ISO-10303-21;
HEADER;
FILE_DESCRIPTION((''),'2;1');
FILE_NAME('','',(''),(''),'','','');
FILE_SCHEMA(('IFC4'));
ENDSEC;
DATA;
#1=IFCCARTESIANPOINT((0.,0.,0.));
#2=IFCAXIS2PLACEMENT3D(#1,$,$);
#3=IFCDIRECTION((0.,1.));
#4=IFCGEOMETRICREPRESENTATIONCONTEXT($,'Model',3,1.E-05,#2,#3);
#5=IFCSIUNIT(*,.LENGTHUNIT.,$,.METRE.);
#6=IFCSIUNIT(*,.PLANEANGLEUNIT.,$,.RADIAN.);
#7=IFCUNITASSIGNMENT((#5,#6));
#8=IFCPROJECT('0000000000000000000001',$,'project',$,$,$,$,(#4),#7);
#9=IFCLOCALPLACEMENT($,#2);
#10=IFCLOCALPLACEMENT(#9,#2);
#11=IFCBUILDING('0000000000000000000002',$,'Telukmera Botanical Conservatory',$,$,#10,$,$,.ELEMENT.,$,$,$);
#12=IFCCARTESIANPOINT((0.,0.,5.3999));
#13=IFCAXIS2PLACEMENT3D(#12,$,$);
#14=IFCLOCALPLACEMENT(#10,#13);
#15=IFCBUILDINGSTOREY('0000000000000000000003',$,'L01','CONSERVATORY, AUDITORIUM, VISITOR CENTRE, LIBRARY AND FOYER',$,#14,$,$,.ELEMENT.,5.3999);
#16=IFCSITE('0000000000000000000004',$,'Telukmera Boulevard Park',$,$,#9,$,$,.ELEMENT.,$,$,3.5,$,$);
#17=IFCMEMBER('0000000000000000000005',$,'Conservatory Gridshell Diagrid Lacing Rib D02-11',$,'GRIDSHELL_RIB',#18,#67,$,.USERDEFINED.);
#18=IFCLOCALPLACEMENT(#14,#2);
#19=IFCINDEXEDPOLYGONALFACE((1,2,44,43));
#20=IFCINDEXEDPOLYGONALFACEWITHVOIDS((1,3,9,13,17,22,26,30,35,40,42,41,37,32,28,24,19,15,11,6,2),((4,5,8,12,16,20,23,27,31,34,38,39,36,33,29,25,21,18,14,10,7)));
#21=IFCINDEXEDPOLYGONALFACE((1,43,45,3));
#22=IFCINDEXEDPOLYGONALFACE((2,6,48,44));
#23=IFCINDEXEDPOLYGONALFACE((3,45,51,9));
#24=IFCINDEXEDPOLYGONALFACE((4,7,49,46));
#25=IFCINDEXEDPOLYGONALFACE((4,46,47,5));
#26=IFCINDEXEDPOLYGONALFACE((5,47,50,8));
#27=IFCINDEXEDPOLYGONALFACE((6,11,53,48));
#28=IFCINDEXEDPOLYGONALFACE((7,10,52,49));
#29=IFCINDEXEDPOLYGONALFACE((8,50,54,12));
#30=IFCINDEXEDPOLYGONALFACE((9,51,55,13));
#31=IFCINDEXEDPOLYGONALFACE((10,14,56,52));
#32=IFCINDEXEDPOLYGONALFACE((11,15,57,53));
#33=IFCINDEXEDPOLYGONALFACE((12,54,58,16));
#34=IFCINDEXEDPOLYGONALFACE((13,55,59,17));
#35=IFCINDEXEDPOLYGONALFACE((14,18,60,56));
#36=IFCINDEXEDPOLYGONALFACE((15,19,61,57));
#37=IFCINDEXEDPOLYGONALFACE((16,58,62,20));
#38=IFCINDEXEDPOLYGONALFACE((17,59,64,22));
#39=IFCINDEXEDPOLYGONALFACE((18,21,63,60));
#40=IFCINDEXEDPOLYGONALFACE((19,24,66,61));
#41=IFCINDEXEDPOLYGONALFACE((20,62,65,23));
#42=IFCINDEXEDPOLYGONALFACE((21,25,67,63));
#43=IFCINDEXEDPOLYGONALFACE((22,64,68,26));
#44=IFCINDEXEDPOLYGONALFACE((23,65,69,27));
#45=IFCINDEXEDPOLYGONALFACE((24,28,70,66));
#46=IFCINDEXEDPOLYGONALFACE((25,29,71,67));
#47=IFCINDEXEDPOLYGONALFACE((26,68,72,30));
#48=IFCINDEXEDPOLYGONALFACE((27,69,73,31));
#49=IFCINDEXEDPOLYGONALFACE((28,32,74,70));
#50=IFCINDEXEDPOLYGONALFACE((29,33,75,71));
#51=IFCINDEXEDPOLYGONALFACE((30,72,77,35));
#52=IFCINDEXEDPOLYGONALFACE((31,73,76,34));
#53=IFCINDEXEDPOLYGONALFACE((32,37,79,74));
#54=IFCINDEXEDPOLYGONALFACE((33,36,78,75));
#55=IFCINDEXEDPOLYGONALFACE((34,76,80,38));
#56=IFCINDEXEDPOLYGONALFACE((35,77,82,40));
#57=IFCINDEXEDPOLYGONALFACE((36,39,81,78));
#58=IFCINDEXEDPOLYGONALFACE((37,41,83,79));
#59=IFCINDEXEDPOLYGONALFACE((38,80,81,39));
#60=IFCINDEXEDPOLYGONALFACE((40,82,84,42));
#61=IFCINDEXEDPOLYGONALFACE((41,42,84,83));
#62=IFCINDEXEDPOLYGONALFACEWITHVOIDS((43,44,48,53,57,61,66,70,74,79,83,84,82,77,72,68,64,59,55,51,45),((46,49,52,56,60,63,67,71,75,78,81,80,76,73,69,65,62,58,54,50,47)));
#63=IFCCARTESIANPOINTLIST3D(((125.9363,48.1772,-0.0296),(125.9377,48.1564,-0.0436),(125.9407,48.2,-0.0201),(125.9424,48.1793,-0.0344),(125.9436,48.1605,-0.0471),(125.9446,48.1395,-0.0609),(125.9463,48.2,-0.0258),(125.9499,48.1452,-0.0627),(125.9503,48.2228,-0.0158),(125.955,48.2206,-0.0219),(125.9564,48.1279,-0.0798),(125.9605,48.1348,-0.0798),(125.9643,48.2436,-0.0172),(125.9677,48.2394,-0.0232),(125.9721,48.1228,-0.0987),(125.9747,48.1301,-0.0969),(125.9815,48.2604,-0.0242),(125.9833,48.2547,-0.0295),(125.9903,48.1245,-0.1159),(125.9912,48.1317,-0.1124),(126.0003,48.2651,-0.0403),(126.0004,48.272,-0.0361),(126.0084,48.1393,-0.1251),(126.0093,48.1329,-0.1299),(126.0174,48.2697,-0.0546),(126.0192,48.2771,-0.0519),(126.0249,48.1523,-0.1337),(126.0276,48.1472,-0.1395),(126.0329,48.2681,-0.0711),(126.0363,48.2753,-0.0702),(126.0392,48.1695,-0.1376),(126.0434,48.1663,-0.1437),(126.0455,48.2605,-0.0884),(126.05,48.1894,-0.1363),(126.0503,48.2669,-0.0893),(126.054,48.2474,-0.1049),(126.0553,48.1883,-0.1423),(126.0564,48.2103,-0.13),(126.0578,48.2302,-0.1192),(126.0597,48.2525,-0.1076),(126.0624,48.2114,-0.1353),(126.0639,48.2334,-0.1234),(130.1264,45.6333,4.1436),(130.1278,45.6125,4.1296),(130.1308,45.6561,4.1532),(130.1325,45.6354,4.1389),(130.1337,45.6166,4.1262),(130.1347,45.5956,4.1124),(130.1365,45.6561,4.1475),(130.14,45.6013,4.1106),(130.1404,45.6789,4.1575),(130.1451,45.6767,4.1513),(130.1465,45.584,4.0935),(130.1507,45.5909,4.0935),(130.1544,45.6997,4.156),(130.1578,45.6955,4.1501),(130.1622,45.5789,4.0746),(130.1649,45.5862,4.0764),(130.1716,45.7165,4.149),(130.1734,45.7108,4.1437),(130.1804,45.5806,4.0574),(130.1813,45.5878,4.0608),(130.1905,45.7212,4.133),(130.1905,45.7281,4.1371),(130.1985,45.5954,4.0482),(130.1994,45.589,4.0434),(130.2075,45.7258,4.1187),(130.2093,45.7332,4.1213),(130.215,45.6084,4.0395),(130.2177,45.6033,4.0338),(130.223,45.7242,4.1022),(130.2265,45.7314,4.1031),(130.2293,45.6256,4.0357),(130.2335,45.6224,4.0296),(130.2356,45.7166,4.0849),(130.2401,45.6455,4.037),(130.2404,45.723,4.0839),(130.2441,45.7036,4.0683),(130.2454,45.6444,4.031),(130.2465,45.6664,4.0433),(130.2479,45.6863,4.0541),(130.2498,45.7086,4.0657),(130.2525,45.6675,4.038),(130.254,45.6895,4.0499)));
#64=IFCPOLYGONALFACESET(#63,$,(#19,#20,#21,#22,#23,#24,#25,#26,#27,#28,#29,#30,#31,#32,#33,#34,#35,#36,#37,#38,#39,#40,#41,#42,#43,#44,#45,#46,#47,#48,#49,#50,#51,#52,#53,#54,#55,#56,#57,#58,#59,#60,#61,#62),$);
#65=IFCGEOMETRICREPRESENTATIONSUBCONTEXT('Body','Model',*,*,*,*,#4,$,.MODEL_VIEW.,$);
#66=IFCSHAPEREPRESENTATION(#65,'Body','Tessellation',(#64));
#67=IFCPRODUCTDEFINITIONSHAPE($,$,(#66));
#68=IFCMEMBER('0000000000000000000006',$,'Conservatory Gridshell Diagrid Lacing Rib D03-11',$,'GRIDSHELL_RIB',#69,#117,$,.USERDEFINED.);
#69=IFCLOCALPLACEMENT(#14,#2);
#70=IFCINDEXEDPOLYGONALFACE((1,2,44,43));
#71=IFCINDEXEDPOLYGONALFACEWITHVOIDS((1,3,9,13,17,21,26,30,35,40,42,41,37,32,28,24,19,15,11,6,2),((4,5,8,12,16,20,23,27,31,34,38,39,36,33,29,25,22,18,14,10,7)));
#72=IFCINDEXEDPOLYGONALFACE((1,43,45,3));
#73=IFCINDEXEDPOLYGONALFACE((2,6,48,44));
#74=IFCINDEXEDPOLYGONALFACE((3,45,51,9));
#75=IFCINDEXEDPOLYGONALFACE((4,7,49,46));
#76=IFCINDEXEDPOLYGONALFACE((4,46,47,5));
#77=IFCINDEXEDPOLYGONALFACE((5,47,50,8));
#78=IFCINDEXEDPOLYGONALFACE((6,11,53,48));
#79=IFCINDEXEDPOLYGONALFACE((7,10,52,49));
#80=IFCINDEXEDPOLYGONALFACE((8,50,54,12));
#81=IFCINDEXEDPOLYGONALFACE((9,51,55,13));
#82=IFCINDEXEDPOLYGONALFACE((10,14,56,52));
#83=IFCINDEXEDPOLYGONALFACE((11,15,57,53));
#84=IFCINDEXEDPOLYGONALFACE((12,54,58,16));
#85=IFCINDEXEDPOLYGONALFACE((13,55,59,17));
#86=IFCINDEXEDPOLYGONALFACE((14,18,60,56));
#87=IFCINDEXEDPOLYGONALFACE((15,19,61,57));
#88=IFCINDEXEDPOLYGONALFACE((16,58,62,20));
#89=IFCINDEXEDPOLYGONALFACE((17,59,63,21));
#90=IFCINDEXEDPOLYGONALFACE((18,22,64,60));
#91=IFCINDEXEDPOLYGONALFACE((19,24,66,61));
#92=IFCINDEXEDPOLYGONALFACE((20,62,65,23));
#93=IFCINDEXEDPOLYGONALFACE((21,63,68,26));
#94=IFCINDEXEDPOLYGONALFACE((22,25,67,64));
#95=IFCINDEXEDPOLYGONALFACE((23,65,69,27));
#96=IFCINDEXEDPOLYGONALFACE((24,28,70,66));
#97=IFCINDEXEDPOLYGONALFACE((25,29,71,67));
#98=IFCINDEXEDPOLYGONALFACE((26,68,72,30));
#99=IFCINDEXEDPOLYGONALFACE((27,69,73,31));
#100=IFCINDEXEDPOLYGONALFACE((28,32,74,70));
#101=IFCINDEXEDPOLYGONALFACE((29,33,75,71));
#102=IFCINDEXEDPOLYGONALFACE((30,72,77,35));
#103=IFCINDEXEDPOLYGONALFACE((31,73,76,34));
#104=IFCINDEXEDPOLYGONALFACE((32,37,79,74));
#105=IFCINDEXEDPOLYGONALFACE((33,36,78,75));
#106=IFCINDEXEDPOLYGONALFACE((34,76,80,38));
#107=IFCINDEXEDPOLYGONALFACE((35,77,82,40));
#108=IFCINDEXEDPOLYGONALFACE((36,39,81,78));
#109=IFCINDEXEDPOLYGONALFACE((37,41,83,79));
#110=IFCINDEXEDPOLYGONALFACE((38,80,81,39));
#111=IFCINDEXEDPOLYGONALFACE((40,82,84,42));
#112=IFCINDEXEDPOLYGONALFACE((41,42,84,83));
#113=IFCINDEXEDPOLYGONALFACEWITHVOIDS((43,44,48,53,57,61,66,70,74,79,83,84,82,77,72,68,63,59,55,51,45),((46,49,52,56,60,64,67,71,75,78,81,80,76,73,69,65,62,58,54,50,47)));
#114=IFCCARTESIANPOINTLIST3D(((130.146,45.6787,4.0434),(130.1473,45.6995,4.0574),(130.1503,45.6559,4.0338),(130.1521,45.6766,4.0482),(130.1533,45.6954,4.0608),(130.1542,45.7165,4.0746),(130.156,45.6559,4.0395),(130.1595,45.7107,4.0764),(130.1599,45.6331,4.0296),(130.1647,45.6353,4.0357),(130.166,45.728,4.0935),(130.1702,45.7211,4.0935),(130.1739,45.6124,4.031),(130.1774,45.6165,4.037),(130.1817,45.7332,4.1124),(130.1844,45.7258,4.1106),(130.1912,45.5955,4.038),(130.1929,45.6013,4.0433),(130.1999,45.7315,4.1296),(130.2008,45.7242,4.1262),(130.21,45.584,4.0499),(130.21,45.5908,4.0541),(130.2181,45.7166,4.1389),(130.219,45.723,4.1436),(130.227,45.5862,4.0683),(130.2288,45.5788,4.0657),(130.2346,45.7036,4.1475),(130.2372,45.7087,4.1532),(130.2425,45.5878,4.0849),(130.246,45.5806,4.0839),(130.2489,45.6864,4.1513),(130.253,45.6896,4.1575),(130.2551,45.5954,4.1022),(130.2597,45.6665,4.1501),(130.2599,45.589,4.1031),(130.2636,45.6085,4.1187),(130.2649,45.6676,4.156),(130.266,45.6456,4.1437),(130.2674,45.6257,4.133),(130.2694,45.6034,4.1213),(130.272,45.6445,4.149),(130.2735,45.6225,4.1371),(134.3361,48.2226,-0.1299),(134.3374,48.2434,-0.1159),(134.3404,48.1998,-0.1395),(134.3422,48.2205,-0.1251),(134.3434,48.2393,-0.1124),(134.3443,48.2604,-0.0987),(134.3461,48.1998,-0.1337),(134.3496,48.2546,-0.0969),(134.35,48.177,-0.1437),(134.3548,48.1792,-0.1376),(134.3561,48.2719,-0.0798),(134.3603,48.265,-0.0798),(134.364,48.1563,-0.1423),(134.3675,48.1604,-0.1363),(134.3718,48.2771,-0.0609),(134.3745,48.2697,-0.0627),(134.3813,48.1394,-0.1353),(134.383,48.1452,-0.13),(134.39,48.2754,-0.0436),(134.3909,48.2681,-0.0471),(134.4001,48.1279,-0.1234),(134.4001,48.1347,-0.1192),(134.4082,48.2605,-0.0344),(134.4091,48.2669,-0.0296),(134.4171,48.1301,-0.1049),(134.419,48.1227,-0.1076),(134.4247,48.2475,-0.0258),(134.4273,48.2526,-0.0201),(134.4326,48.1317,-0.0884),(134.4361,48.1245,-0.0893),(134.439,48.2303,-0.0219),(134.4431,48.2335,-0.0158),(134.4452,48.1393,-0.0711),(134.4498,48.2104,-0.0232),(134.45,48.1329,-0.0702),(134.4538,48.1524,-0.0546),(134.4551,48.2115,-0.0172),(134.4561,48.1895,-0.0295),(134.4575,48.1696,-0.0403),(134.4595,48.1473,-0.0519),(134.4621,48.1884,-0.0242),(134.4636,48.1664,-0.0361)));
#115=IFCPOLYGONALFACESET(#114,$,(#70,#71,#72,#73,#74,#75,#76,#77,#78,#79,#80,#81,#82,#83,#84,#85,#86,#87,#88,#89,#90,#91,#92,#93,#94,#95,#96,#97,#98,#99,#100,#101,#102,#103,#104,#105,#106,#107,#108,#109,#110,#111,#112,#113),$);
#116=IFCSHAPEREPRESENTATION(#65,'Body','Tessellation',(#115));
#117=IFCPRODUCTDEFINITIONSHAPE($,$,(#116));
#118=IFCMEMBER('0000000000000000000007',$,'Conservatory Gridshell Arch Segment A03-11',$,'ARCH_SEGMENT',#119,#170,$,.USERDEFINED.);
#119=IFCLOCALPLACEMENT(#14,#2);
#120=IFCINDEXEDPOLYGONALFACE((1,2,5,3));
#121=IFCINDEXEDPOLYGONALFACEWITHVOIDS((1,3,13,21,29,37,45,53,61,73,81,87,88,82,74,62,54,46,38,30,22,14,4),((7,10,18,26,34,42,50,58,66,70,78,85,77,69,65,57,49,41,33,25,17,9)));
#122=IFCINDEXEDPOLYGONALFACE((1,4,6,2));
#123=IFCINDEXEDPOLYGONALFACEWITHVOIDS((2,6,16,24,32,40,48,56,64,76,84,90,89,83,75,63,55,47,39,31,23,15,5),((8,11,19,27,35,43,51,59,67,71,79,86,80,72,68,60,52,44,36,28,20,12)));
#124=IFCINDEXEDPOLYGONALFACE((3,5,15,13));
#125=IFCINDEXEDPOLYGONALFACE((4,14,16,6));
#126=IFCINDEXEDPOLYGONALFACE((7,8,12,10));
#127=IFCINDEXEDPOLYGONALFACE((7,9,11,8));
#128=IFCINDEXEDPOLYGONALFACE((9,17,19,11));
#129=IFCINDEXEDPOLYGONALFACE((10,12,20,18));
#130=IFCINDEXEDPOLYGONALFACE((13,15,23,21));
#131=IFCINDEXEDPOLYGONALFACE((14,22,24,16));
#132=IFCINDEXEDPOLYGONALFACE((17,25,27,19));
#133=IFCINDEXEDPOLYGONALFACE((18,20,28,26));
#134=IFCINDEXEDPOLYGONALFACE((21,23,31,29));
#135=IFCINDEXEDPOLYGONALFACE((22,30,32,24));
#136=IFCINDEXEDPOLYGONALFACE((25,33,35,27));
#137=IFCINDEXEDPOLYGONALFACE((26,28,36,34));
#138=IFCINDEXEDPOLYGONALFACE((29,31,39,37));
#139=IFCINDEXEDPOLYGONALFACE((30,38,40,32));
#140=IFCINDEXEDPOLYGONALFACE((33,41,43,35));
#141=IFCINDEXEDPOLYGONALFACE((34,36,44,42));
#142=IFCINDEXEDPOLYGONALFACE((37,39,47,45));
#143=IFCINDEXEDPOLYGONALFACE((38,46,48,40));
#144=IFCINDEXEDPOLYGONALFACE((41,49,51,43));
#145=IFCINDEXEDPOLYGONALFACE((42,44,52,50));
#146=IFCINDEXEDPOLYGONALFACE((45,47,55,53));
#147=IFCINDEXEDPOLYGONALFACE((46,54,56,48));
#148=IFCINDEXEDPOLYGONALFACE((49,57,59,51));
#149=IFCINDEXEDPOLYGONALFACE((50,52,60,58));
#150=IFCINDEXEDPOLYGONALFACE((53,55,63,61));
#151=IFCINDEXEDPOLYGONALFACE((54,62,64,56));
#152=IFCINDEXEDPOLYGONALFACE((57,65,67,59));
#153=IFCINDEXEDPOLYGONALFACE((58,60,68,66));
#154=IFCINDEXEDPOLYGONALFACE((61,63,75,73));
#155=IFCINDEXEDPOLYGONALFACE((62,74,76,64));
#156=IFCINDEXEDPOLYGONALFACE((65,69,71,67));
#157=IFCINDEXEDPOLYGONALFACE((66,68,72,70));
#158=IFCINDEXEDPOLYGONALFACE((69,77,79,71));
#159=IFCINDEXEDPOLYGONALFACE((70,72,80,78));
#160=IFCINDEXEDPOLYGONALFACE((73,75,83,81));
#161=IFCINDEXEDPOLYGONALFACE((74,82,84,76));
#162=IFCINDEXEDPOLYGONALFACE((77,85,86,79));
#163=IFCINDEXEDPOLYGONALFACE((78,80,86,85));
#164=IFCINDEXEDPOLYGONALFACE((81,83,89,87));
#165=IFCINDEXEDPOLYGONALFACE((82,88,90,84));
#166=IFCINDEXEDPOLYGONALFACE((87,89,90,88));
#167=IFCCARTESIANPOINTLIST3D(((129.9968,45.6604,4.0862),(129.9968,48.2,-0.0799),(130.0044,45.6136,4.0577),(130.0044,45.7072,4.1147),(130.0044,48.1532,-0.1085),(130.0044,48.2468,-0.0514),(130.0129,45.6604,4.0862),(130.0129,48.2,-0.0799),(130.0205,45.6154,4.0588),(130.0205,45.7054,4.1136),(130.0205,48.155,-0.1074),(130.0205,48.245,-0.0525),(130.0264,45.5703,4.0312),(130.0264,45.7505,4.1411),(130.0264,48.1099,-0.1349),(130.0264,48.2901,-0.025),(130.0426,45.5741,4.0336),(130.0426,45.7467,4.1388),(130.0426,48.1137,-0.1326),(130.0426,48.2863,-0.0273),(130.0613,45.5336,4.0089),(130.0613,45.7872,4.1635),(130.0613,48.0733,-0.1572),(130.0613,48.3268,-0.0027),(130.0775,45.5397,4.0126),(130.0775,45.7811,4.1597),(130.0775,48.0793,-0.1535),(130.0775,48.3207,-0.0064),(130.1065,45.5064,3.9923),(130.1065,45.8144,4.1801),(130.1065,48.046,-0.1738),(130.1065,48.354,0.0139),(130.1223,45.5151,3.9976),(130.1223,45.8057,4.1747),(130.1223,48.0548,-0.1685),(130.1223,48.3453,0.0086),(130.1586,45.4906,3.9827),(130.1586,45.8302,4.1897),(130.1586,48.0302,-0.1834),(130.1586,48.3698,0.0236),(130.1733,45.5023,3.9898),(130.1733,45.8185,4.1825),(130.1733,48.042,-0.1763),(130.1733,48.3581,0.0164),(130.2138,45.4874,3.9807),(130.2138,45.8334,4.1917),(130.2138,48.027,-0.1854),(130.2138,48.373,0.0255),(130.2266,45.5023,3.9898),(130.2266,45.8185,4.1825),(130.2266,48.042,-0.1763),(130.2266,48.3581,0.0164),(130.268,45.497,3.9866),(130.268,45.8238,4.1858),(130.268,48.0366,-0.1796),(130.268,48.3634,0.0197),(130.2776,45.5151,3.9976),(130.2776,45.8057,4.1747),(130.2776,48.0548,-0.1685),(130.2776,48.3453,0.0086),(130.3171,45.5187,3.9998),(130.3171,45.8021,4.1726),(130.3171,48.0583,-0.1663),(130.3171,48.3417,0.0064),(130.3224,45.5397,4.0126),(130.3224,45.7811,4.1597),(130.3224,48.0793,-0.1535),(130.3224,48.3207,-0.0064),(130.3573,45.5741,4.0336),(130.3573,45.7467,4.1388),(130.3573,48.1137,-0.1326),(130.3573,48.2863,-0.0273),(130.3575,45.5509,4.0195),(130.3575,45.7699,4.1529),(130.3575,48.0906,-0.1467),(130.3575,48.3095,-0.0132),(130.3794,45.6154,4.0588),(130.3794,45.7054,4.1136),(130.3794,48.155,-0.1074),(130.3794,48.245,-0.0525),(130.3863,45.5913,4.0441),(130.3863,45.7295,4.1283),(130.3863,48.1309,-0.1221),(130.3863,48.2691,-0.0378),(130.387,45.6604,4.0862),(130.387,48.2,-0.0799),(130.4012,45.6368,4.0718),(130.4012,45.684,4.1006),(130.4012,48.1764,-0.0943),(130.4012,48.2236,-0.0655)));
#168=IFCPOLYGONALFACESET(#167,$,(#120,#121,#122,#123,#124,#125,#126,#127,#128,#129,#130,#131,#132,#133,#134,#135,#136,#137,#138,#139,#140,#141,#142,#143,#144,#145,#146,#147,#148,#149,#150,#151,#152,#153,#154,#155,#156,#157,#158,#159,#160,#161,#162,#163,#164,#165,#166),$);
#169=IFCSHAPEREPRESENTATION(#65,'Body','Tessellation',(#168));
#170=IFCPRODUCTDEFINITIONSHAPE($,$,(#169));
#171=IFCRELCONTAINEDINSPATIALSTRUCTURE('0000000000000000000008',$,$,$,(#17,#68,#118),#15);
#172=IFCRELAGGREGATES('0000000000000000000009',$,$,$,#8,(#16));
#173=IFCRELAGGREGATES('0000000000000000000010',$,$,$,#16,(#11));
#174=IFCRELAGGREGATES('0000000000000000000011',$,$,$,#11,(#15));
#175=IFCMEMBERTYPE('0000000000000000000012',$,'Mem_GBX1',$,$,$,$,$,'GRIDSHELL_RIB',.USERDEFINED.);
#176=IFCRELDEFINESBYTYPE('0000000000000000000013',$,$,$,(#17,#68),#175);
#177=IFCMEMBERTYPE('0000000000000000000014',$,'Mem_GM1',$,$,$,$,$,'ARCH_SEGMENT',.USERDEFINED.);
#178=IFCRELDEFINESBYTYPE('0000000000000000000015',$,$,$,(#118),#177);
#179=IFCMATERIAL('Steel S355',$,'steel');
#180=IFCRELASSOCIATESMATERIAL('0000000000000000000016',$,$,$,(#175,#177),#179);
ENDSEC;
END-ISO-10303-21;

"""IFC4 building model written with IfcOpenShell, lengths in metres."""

from ifc_helpers import new_model, si_unit, direction, frame, origin, origin_2d, place, context, subcontext, project, spatial, hollow_circle, extrude, material, material_profile, profile_set, type_object, element, save


model = new_model("IFC4")

# Units and contexts
model_context = context("Model", 3, precision=1e-05, world=origin(), true_north=direction((0.0, 1.0)))
body_context = subcontext(model_context, "Body", "Model", "MODEL_VIEW")
ifc_project = project(units=[si_unit("LENGTHUNIT", "METRE"), si_unit("PLANEANGLEUNIT", "RADIAN")], contexts=[model_context])

# Site, building, storey
site_placement = place(None, origin())
site = spatial("IfcSite", under=ifc_project, at=site_placement, Name="Telukmera Boulevard Park", CompositionType="ELEMENT", RefElevation=3.5)
building_placement = place(site_placement, origin())
building = spatial("IfcBuilding", under=site, at=building_placement, Name="Telukmera Botanical Conservatory", CompositionType="ELEMENT")
storey_placement = place(building_placement, frame((0.0, 0.0, 5.3999)))
storey = spatial("IfcBuildingStorey", under=building, at=storey_placement, Name="L01", Description="CONSERVATORY, AUDITORIUM, VISITOR CENTRE, LIBRARY AND FOYER", CompositionType="ELEMENT", Elevation=5.3999)

# Shared definitions
ifc_material_1 = material(Name="Steel S355", Category="steel")

# Members
ifc_material_profile_1 = material_profile(ifc_material_1, hollow_circle(Radius=0.0842, WallThickness=0.0081, at=origin_2d()), Name="CHS 168.3x8.0")
ifc_profile_set_1 = profile_set([ifc_material_profile_1], Name="Steel S355")
member_type_1 = type_object("IfcMemberType", Name="Mem_GBX1", ElementType="GRIDSHELL_RIB", PredefinedType="USERDEFINED", material=ifc_profile_set_1)
for number, where, z_axis, x_axis, name in (
    (1, (130.1902, 45.656, 4.0935), (-0.650866, 0.395154, -0.648249), (-0.518964, -0.854796, 0.0), "Conservatory Gridshell Diagrid Lacing Rib D02-11"),
    (2, (130.2097, 45.656, 4.0935), (0.650866, 0.395154, -0.648249), (-0.518964, 0.854796, 0.0), "Conservatory Gridshell Diagrid Lacing Rib D03-11"),
):
    element("IfcMember", number, at=place(storey_placement, frame(where, z_axis=z_axis, x_axis=x_axis)), inside=storey, type_object=member_type_1, Name=name, ObjectType="GRIDSHELL_RIB", PredefinedType="USERDEFINED", context=body_context, shape_type="SweptSolid", body=[
        extrude(hollow_circle(Radius=0.0842, WallThickness=0.0081, at=origin_2d()), origin(), (0.0, 0.0, 1.0), 6.4377),
    ])
ifc_material_profile_2 = material_profile(ifc_material_1, hollow_circle(Radius=0.2031, WallThickness=0.0161, at=origin_2d()), Name="CHS 406.4x16.0")
ifc_profile_set_2 = profile_set([ifc_material_profile_2], Name="Steel S355")
member_type_2 = type_object("IfcMemberType", Name="Mem_GM1", ElementType="ARCH_SEGMENT", PredefinedType="USERDEFINED", material=ifc_profile_set_2)
member_placement = place(storey_placement, frame((130.2, 45.6604, 4.0862), z_axis=(0.0, 0.520502, -0.85386), x_axis=(-1.0, 0.0, 0.0)))
element("IfcMember", 3, at=member_placement, inside=storey, type_object=member_type_2, Name="Conservatory Gridshell Arch Segment A03-11", ObjectType="ARCH_SEGMENT", PredefinedType="USERDEFINED", context=body_context, shape_type="SweptSolid", body=[
    extrude(hollow_circle(Radius=0.2031, WallThickness=0.0161, at=origin_2d()), origin(), (0.0, 0.0, 1.0), 4.8792),
])

save(model, "model.ifc")
